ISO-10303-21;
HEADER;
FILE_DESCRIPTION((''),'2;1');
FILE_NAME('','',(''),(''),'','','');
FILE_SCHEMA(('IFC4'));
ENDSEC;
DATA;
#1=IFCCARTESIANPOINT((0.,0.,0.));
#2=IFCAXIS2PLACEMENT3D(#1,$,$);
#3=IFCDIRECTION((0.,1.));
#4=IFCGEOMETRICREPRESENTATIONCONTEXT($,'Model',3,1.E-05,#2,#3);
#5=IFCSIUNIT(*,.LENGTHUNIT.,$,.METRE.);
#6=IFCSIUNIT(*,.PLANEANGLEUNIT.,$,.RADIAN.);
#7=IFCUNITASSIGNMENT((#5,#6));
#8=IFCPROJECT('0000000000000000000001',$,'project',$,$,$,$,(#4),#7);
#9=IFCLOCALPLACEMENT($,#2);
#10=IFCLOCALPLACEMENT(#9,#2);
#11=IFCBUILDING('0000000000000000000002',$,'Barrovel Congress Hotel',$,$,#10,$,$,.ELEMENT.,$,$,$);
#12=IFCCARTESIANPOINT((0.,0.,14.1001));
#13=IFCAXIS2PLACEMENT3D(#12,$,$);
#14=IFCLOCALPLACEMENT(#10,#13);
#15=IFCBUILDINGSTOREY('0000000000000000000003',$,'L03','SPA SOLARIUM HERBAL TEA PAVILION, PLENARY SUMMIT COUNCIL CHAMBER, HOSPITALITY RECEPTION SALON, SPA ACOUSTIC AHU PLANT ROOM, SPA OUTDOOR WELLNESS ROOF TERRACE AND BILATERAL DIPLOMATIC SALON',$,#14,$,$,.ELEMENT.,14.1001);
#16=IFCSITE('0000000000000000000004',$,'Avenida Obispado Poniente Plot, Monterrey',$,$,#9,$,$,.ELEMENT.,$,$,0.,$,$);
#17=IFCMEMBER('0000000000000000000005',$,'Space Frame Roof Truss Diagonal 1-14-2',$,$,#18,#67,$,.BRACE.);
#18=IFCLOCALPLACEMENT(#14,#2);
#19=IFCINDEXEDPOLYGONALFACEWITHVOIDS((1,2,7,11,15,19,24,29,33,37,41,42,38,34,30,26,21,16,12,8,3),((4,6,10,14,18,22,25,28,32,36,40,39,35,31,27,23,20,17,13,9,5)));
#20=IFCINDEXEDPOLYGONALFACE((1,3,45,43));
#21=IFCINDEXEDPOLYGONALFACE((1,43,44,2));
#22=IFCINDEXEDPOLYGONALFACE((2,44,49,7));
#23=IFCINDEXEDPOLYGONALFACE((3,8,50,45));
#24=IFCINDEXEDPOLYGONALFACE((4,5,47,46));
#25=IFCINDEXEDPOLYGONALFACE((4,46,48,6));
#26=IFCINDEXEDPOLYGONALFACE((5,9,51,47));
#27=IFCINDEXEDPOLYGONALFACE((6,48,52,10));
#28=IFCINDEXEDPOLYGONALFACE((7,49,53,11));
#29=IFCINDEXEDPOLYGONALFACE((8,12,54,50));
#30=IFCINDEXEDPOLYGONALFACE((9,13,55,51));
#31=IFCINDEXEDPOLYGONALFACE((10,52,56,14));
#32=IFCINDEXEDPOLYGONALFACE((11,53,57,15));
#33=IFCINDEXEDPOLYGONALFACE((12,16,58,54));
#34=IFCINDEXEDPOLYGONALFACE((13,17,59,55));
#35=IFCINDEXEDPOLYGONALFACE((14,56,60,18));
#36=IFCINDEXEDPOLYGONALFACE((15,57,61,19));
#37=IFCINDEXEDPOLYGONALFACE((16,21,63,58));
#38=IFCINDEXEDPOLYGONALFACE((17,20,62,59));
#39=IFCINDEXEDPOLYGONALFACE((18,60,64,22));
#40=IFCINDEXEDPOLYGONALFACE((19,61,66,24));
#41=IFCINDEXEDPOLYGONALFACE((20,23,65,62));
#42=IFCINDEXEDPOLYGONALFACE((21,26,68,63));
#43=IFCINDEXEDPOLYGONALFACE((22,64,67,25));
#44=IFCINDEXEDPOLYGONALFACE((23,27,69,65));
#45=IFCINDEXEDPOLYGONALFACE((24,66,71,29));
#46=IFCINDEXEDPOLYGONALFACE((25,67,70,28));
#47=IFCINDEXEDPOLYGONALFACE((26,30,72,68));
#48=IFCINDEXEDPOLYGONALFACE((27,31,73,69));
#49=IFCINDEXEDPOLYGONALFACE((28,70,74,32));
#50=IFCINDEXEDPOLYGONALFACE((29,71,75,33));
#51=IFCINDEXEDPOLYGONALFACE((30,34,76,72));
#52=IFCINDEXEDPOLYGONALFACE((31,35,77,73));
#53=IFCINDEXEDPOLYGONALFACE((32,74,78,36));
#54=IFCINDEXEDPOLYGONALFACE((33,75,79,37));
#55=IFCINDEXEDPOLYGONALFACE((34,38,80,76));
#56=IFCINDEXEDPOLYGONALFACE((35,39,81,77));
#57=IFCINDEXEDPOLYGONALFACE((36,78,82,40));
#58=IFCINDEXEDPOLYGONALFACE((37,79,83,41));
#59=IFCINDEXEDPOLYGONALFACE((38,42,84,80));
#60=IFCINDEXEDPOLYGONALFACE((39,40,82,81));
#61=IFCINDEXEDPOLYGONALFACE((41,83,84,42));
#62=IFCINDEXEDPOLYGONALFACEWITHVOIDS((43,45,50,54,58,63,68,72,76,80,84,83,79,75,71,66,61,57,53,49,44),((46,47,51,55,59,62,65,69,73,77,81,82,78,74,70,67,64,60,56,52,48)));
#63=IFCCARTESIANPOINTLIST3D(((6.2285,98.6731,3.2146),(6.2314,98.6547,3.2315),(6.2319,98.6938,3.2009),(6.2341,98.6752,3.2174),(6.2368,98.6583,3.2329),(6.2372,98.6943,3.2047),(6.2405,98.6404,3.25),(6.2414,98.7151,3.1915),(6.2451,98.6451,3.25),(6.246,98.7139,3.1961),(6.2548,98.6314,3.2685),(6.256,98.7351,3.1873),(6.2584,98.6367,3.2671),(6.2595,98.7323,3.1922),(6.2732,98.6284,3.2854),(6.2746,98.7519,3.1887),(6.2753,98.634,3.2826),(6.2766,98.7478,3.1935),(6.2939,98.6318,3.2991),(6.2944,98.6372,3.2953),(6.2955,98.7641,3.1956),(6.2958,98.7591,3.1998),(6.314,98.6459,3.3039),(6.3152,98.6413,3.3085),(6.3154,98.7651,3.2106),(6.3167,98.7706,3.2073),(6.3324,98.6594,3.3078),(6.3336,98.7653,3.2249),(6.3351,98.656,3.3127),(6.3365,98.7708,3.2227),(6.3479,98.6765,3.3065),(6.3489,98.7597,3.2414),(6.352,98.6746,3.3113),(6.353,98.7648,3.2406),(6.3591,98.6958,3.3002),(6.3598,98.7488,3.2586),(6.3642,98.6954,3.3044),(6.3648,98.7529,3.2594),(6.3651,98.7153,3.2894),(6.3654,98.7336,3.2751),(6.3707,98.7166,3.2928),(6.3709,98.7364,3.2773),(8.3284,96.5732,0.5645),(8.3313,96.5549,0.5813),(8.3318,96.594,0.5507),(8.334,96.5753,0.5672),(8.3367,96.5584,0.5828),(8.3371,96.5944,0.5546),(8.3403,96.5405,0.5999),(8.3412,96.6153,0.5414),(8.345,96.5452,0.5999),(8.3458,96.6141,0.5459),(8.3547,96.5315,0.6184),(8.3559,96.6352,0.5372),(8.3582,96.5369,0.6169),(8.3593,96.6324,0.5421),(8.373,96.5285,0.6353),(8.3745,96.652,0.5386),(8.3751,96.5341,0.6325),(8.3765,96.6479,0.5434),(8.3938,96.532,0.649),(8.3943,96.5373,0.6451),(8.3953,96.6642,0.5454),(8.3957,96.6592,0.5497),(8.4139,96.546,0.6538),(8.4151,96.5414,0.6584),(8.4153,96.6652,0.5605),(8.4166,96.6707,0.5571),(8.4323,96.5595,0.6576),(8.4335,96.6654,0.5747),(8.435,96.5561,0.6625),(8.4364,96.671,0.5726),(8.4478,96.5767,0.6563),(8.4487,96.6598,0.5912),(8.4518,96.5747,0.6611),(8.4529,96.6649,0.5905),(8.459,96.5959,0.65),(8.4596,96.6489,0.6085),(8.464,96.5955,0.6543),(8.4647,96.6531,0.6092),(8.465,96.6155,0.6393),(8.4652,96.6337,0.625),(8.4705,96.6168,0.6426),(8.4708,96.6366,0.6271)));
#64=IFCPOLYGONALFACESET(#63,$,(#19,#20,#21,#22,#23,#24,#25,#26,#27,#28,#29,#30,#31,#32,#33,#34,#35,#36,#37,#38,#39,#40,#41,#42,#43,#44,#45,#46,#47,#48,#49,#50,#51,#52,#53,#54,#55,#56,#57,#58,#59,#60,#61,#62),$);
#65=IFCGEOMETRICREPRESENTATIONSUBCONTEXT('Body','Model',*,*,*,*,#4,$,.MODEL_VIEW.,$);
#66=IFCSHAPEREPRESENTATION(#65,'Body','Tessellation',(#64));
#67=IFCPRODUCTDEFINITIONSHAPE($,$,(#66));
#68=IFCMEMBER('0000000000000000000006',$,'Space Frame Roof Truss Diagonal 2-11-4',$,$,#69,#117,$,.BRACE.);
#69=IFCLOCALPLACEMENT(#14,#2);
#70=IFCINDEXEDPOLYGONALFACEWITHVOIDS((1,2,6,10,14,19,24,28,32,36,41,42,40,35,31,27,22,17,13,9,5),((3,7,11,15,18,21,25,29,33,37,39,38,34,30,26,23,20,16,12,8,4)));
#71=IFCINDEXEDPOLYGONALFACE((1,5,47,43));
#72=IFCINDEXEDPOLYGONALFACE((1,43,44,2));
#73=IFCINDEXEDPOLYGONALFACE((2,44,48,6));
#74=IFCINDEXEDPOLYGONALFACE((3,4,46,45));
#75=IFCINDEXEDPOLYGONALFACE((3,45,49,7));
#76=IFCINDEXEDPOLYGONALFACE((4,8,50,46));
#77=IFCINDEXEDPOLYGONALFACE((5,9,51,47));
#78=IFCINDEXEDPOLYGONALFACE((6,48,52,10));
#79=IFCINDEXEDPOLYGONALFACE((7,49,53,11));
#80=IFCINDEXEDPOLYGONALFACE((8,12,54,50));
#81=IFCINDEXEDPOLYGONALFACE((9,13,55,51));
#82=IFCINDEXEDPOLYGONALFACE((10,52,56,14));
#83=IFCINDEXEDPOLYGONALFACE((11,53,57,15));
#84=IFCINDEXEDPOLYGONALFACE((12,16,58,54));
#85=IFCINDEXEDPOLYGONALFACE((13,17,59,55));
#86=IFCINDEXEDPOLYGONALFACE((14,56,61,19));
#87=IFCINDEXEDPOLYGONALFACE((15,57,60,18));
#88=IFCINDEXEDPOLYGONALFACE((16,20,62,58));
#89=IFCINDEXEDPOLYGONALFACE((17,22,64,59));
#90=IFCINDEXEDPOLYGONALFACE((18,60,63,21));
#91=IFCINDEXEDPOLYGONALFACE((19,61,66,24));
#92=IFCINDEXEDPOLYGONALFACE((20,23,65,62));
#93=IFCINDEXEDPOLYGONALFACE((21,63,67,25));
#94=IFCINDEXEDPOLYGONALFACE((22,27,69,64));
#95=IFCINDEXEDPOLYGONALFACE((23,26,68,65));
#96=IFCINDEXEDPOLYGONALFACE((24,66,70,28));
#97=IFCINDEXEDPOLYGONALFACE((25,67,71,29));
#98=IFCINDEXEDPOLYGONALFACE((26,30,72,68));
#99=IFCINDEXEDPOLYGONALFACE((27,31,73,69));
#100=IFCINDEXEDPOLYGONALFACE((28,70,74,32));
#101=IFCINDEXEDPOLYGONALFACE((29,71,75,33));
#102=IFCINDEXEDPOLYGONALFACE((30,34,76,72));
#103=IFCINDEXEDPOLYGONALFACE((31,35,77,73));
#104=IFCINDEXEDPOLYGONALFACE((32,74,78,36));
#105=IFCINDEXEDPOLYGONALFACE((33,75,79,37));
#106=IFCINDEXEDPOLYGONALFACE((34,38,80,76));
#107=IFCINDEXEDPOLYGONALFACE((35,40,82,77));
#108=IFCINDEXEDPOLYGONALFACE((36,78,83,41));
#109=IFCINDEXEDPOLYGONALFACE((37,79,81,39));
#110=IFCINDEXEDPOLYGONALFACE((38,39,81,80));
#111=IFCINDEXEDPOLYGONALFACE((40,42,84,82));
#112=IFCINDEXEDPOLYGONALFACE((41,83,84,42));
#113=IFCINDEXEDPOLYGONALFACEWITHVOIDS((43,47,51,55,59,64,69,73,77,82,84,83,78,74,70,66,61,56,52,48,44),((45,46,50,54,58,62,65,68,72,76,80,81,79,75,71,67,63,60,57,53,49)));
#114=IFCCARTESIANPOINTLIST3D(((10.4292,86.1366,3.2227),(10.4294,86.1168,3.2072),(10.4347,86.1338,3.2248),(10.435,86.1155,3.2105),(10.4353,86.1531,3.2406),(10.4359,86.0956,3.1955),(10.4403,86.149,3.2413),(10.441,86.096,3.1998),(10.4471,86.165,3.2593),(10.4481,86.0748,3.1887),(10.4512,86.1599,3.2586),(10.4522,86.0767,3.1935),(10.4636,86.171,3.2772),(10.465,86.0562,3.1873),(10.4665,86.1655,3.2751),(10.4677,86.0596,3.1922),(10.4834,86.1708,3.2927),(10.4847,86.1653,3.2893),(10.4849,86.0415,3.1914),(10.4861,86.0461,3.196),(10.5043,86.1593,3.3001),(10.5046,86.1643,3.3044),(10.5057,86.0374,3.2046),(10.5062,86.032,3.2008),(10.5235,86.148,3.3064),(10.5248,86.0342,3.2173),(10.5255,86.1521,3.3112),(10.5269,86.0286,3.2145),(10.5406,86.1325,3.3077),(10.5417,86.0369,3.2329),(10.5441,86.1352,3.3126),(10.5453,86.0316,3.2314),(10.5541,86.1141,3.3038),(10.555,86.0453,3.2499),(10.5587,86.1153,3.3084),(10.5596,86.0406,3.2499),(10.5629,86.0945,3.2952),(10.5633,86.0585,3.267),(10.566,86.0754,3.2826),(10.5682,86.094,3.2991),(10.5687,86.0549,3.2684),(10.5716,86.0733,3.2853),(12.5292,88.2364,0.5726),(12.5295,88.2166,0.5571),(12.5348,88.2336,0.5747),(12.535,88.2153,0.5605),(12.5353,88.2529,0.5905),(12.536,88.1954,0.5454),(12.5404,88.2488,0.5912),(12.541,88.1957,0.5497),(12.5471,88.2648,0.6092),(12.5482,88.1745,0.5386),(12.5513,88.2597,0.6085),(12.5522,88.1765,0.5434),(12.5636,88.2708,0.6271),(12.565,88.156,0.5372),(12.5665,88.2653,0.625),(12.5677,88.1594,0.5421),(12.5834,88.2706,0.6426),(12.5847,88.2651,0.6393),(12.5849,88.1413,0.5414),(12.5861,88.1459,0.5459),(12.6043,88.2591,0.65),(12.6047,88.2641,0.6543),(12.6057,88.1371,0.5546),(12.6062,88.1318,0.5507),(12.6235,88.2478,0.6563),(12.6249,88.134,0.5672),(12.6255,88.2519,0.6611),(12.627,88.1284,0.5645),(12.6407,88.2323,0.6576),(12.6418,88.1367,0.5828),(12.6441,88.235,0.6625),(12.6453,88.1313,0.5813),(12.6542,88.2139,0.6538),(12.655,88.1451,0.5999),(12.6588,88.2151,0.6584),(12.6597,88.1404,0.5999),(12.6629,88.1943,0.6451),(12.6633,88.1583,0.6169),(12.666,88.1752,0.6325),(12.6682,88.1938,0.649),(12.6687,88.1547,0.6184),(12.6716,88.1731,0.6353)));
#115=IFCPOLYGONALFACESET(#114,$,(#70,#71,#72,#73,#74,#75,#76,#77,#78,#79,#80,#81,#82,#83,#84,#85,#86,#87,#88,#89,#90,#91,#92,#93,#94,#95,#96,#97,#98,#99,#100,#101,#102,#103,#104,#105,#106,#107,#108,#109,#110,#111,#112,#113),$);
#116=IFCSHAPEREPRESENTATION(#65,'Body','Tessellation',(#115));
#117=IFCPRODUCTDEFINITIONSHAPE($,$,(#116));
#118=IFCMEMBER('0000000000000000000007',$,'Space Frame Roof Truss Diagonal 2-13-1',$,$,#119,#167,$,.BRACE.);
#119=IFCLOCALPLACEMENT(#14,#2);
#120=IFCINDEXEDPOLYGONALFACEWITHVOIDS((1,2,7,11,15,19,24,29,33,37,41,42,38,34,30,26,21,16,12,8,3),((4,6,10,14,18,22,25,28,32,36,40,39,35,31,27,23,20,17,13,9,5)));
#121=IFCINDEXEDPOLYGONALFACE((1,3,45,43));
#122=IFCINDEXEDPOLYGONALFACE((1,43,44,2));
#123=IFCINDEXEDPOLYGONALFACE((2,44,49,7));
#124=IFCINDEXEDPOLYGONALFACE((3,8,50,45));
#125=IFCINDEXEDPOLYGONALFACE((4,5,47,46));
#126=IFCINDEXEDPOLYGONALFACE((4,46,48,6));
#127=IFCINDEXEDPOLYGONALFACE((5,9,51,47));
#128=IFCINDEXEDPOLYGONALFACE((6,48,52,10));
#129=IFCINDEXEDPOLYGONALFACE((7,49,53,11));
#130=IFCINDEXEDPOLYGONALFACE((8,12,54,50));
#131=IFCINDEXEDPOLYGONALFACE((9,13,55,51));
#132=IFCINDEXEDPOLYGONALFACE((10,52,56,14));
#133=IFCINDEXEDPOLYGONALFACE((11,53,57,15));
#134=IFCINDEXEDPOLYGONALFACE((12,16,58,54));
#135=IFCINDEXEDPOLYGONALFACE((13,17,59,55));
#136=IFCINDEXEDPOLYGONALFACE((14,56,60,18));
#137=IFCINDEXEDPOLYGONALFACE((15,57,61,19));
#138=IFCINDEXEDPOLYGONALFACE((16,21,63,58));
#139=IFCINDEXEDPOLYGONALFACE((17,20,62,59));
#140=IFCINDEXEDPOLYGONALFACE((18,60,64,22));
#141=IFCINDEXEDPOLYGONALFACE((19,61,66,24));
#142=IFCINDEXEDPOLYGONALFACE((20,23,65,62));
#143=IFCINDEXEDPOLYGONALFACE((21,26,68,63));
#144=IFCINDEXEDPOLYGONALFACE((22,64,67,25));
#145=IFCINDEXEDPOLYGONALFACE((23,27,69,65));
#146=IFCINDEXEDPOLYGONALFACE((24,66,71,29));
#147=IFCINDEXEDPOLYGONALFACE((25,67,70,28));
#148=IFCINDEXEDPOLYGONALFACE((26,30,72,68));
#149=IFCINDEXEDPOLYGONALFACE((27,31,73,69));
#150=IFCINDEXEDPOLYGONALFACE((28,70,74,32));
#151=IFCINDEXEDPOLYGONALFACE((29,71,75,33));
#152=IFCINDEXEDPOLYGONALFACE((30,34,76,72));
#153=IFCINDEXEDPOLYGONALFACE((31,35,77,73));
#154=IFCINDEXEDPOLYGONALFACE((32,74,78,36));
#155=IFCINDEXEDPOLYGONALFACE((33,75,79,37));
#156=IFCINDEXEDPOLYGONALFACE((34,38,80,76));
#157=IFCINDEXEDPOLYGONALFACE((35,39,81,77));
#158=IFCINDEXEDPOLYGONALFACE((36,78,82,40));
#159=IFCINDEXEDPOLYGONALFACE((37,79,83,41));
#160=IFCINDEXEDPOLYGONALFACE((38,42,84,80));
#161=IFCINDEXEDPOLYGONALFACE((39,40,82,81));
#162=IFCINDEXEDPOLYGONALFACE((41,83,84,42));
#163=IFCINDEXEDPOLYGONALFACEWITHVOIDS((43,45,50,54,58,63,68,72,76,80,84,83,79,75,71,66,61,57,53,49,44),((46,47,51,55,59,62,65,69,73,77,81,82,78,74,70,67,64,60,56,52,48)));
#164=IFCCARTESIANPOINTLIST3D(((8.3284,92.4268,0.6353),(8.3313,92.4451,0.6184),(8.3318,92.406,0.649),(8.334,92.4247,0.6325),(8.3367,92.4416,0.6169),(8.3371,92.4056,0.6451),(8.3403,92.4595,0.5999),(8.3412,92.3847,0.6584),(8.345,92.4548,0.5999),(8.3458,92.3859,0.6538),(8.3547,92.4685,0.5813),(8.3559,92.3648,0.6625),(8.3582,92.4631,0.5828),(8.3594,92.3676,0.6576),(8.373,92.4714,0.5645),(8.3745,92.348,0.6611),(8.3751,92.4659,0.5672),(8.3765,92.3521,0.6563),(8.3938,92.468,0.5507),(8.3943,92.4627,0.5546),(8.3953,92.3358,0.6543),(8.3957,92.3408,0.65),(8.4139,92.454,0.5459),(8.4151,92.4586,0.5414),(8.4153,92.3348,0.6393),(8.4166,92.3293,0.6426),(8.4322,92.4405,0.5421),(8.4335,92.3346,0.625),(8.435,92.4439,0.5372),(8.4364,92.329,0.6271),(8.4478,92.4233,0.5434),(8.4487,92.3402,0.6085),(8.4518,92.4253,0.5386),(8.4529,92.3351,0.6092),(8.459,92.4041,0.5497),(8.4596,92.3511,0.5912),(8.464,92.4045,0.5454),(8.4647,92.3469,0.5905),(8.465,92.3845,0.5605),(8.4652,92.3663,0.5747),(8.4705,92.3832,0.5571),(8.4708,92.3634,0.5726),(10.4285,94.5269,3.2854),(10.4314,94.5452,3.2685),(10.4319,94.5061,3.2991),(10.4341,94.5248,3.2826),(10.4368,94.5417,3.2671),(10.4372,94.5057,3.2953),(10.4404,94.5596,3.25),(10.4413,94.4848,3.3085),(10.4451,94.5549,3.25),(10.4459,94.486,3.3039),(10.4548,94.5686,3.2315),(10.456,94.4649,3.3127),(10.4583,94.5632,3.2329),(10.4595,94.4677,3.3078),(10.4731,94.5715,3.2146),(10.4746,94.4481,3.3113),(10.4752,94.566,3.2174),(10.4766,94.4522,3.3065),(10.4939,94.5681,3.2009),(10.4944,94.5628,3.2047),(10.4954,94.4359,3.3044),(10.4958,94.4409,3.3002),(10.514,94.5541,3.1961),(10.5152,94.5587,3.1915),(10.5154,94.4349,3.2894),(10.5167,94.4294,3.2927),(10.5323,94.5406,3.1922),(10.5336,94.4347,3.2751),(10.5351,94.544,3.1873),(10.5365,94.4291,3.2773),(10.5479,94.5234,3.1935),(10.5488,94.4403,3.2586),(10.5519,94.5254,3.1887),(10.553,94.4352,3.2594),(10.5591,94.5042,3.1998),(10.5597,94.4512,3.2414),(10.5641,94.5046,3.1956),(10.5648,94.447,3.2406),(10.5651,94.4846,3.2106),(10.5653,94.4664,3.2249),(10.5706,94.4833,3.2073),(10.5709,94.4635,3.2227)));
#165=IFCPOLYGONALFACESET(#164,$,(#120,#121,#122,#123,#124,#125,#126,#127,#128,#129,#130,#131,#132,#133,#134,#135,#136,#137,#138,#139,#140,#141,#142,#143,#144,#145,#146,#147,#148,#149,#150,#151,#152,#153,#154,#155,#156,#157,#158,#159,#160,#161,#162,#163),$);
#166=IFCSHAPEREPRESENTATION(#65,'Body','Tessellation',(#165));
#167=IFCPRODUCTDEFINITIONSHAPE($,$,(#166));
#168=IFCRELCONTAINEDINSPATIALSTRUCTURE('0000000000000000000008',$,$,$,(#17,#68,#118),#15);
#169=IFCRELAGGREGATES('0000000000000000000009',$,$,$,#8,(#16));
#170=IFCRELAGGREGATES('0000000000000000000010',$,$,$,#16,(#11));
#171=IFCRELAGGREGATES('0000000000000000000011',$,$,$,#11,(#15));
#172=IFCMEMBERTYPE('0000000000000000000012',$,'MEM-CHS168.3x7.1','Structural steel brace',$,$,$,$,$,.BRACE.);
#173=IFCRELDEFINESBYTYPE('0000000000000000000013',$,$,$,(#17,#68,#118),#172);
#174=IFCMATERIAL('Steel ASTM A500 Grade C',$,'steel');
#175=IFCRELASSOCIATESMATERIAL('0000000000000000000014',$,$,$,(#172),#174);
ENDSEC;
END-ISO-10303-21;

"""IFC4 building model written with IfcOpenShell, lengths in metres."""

from ifc_helpers import new_model, si_unit, direction, frame, origin, origin_2d, place, context, subcontext, project, spatial, hollow_circle, extrude, material, material_profile, profile_set, type_object, element, save


model = new_model("IFC4")

# Units and contexts
model_context = context("Model", 3, precision=1e-05, world=origin(), true_north=direction((0.0, 1.0)))
body_context = subcontext(model_context, "Body", "Model", "MODEL_VIEW")
ifc_project = project(units=[si_unit("LENGTHUNIT", "METRE"), si_unit("PLANEANGLEUNIT", "RADIAN")], contexts=[model_context])

# Site, building, storey
site_placement = place(None, origin())
site = spatial("IfcSite", under=ifc_project, at=site_placement, Name="Avenida Obispado Poniente Plot, Monterrey", CompositionType="ELEMENT", RefElevation=0.0)
building_placement = place(site_placement, origin())
building = spatial("IfcBuilding", under=site, at=building_placement, Name="Barrovel Congress Hotel", CompositionType="ELEMENT")
storey_placement = place(building_placement, frame((0.0, 0.0, 14.1001)))
storey = spatial("IfcBuildingStorey", under=building, at=storey_placement, Name="L03", Description="SPA SOLARIUM HERBAL TEA PAVILION, PLENARY SUMMIT COUNCIL CHAMBER, HOSPITALITY RECEPTION SALON, SPA ACOUSTIC AHU PLANT ROOM, SPA OUTDOOR WELLNESS ROOF TERRACE AND BILATERAL DIPLOMATIC SALON", CompositionType="ELEMENT", Elevation=14.1001)

# Members
ifc_material_1 = material(Name="Steel ASTM A500 Grade C", Category="steel")
ifc_material_profile_1 = material_profile(ifc_material_1, hollow_circle(Radius=0.0842, WallThickness=0.0066, at=origin_2d()), Name="CHS168.3x7.1")
ifc_profile_set_1 = profile_set([ifc_material_profile_1], Name="Steel ASTM A500 Grade C")
member_type_1 = type_object("IfcMemberType", Name="MEM-CHS168.3x7.1", Description="Structural steel brace", PredefinedType="BRACE", material=ifc_profile_set_1)
for number, where, z_axis, x_axis, name in (
    (1, (8.3999, 96.6001, 0.5999), (-0.527574, 0.527574, 0.665831), (-0.707107, -0.707107, 0.0), "Space Frame Roof Truss Diagonal 1-14-2"),
    (2, (12.6001, 88.2, 0.5999), (-0.527618, -0.527557, 0.66581), (0.707066, -0.707148, 0.0), "Space Frame Roof Truss Diagonal 2-11-4"),
):
    element("IfcMember", number, at=place(storey_placement, frame(where, z_axis=z_axis, x_axis=x_axis)), inside=storey, type_object=member_type_1, Name=name, PredefinedType="BRACE", context=body_context, shape_type="SweptSolid", body=[
        extrude(hollow_circle(Radius=0.0842, WallThickness=0.0066, at=origin_2d()), origin(), (0.0, 0.0, 1.0), 3.9802),
    ])
for number, where, z_axis, x_axis, name in (
    (3, (8.3999, 92.3999, 0.5999), (0.527601, 0.527601, 0.665788), (-0.707107, 0.707107, 0.0), "Space Frame Roof Truss Diagonal 2-13-1"),
):
    element("IfcMember", number, at=place(storey_placement, frame(where, z_axis=z_axis, x_axis=x_axis)), inside=storey, type_object=member_type_1, Name=name, PredefinedType="BRACE", context=body_context, shape_type="SweptSolid", body=[
        extrude(hollow_circle(Radius=0.0842, WallThickness=0.0066, at=origin_2d()), origin(), (0.0, 0.0, 1.0), 3.9805),
    ])

save(model, "model.ifc")
